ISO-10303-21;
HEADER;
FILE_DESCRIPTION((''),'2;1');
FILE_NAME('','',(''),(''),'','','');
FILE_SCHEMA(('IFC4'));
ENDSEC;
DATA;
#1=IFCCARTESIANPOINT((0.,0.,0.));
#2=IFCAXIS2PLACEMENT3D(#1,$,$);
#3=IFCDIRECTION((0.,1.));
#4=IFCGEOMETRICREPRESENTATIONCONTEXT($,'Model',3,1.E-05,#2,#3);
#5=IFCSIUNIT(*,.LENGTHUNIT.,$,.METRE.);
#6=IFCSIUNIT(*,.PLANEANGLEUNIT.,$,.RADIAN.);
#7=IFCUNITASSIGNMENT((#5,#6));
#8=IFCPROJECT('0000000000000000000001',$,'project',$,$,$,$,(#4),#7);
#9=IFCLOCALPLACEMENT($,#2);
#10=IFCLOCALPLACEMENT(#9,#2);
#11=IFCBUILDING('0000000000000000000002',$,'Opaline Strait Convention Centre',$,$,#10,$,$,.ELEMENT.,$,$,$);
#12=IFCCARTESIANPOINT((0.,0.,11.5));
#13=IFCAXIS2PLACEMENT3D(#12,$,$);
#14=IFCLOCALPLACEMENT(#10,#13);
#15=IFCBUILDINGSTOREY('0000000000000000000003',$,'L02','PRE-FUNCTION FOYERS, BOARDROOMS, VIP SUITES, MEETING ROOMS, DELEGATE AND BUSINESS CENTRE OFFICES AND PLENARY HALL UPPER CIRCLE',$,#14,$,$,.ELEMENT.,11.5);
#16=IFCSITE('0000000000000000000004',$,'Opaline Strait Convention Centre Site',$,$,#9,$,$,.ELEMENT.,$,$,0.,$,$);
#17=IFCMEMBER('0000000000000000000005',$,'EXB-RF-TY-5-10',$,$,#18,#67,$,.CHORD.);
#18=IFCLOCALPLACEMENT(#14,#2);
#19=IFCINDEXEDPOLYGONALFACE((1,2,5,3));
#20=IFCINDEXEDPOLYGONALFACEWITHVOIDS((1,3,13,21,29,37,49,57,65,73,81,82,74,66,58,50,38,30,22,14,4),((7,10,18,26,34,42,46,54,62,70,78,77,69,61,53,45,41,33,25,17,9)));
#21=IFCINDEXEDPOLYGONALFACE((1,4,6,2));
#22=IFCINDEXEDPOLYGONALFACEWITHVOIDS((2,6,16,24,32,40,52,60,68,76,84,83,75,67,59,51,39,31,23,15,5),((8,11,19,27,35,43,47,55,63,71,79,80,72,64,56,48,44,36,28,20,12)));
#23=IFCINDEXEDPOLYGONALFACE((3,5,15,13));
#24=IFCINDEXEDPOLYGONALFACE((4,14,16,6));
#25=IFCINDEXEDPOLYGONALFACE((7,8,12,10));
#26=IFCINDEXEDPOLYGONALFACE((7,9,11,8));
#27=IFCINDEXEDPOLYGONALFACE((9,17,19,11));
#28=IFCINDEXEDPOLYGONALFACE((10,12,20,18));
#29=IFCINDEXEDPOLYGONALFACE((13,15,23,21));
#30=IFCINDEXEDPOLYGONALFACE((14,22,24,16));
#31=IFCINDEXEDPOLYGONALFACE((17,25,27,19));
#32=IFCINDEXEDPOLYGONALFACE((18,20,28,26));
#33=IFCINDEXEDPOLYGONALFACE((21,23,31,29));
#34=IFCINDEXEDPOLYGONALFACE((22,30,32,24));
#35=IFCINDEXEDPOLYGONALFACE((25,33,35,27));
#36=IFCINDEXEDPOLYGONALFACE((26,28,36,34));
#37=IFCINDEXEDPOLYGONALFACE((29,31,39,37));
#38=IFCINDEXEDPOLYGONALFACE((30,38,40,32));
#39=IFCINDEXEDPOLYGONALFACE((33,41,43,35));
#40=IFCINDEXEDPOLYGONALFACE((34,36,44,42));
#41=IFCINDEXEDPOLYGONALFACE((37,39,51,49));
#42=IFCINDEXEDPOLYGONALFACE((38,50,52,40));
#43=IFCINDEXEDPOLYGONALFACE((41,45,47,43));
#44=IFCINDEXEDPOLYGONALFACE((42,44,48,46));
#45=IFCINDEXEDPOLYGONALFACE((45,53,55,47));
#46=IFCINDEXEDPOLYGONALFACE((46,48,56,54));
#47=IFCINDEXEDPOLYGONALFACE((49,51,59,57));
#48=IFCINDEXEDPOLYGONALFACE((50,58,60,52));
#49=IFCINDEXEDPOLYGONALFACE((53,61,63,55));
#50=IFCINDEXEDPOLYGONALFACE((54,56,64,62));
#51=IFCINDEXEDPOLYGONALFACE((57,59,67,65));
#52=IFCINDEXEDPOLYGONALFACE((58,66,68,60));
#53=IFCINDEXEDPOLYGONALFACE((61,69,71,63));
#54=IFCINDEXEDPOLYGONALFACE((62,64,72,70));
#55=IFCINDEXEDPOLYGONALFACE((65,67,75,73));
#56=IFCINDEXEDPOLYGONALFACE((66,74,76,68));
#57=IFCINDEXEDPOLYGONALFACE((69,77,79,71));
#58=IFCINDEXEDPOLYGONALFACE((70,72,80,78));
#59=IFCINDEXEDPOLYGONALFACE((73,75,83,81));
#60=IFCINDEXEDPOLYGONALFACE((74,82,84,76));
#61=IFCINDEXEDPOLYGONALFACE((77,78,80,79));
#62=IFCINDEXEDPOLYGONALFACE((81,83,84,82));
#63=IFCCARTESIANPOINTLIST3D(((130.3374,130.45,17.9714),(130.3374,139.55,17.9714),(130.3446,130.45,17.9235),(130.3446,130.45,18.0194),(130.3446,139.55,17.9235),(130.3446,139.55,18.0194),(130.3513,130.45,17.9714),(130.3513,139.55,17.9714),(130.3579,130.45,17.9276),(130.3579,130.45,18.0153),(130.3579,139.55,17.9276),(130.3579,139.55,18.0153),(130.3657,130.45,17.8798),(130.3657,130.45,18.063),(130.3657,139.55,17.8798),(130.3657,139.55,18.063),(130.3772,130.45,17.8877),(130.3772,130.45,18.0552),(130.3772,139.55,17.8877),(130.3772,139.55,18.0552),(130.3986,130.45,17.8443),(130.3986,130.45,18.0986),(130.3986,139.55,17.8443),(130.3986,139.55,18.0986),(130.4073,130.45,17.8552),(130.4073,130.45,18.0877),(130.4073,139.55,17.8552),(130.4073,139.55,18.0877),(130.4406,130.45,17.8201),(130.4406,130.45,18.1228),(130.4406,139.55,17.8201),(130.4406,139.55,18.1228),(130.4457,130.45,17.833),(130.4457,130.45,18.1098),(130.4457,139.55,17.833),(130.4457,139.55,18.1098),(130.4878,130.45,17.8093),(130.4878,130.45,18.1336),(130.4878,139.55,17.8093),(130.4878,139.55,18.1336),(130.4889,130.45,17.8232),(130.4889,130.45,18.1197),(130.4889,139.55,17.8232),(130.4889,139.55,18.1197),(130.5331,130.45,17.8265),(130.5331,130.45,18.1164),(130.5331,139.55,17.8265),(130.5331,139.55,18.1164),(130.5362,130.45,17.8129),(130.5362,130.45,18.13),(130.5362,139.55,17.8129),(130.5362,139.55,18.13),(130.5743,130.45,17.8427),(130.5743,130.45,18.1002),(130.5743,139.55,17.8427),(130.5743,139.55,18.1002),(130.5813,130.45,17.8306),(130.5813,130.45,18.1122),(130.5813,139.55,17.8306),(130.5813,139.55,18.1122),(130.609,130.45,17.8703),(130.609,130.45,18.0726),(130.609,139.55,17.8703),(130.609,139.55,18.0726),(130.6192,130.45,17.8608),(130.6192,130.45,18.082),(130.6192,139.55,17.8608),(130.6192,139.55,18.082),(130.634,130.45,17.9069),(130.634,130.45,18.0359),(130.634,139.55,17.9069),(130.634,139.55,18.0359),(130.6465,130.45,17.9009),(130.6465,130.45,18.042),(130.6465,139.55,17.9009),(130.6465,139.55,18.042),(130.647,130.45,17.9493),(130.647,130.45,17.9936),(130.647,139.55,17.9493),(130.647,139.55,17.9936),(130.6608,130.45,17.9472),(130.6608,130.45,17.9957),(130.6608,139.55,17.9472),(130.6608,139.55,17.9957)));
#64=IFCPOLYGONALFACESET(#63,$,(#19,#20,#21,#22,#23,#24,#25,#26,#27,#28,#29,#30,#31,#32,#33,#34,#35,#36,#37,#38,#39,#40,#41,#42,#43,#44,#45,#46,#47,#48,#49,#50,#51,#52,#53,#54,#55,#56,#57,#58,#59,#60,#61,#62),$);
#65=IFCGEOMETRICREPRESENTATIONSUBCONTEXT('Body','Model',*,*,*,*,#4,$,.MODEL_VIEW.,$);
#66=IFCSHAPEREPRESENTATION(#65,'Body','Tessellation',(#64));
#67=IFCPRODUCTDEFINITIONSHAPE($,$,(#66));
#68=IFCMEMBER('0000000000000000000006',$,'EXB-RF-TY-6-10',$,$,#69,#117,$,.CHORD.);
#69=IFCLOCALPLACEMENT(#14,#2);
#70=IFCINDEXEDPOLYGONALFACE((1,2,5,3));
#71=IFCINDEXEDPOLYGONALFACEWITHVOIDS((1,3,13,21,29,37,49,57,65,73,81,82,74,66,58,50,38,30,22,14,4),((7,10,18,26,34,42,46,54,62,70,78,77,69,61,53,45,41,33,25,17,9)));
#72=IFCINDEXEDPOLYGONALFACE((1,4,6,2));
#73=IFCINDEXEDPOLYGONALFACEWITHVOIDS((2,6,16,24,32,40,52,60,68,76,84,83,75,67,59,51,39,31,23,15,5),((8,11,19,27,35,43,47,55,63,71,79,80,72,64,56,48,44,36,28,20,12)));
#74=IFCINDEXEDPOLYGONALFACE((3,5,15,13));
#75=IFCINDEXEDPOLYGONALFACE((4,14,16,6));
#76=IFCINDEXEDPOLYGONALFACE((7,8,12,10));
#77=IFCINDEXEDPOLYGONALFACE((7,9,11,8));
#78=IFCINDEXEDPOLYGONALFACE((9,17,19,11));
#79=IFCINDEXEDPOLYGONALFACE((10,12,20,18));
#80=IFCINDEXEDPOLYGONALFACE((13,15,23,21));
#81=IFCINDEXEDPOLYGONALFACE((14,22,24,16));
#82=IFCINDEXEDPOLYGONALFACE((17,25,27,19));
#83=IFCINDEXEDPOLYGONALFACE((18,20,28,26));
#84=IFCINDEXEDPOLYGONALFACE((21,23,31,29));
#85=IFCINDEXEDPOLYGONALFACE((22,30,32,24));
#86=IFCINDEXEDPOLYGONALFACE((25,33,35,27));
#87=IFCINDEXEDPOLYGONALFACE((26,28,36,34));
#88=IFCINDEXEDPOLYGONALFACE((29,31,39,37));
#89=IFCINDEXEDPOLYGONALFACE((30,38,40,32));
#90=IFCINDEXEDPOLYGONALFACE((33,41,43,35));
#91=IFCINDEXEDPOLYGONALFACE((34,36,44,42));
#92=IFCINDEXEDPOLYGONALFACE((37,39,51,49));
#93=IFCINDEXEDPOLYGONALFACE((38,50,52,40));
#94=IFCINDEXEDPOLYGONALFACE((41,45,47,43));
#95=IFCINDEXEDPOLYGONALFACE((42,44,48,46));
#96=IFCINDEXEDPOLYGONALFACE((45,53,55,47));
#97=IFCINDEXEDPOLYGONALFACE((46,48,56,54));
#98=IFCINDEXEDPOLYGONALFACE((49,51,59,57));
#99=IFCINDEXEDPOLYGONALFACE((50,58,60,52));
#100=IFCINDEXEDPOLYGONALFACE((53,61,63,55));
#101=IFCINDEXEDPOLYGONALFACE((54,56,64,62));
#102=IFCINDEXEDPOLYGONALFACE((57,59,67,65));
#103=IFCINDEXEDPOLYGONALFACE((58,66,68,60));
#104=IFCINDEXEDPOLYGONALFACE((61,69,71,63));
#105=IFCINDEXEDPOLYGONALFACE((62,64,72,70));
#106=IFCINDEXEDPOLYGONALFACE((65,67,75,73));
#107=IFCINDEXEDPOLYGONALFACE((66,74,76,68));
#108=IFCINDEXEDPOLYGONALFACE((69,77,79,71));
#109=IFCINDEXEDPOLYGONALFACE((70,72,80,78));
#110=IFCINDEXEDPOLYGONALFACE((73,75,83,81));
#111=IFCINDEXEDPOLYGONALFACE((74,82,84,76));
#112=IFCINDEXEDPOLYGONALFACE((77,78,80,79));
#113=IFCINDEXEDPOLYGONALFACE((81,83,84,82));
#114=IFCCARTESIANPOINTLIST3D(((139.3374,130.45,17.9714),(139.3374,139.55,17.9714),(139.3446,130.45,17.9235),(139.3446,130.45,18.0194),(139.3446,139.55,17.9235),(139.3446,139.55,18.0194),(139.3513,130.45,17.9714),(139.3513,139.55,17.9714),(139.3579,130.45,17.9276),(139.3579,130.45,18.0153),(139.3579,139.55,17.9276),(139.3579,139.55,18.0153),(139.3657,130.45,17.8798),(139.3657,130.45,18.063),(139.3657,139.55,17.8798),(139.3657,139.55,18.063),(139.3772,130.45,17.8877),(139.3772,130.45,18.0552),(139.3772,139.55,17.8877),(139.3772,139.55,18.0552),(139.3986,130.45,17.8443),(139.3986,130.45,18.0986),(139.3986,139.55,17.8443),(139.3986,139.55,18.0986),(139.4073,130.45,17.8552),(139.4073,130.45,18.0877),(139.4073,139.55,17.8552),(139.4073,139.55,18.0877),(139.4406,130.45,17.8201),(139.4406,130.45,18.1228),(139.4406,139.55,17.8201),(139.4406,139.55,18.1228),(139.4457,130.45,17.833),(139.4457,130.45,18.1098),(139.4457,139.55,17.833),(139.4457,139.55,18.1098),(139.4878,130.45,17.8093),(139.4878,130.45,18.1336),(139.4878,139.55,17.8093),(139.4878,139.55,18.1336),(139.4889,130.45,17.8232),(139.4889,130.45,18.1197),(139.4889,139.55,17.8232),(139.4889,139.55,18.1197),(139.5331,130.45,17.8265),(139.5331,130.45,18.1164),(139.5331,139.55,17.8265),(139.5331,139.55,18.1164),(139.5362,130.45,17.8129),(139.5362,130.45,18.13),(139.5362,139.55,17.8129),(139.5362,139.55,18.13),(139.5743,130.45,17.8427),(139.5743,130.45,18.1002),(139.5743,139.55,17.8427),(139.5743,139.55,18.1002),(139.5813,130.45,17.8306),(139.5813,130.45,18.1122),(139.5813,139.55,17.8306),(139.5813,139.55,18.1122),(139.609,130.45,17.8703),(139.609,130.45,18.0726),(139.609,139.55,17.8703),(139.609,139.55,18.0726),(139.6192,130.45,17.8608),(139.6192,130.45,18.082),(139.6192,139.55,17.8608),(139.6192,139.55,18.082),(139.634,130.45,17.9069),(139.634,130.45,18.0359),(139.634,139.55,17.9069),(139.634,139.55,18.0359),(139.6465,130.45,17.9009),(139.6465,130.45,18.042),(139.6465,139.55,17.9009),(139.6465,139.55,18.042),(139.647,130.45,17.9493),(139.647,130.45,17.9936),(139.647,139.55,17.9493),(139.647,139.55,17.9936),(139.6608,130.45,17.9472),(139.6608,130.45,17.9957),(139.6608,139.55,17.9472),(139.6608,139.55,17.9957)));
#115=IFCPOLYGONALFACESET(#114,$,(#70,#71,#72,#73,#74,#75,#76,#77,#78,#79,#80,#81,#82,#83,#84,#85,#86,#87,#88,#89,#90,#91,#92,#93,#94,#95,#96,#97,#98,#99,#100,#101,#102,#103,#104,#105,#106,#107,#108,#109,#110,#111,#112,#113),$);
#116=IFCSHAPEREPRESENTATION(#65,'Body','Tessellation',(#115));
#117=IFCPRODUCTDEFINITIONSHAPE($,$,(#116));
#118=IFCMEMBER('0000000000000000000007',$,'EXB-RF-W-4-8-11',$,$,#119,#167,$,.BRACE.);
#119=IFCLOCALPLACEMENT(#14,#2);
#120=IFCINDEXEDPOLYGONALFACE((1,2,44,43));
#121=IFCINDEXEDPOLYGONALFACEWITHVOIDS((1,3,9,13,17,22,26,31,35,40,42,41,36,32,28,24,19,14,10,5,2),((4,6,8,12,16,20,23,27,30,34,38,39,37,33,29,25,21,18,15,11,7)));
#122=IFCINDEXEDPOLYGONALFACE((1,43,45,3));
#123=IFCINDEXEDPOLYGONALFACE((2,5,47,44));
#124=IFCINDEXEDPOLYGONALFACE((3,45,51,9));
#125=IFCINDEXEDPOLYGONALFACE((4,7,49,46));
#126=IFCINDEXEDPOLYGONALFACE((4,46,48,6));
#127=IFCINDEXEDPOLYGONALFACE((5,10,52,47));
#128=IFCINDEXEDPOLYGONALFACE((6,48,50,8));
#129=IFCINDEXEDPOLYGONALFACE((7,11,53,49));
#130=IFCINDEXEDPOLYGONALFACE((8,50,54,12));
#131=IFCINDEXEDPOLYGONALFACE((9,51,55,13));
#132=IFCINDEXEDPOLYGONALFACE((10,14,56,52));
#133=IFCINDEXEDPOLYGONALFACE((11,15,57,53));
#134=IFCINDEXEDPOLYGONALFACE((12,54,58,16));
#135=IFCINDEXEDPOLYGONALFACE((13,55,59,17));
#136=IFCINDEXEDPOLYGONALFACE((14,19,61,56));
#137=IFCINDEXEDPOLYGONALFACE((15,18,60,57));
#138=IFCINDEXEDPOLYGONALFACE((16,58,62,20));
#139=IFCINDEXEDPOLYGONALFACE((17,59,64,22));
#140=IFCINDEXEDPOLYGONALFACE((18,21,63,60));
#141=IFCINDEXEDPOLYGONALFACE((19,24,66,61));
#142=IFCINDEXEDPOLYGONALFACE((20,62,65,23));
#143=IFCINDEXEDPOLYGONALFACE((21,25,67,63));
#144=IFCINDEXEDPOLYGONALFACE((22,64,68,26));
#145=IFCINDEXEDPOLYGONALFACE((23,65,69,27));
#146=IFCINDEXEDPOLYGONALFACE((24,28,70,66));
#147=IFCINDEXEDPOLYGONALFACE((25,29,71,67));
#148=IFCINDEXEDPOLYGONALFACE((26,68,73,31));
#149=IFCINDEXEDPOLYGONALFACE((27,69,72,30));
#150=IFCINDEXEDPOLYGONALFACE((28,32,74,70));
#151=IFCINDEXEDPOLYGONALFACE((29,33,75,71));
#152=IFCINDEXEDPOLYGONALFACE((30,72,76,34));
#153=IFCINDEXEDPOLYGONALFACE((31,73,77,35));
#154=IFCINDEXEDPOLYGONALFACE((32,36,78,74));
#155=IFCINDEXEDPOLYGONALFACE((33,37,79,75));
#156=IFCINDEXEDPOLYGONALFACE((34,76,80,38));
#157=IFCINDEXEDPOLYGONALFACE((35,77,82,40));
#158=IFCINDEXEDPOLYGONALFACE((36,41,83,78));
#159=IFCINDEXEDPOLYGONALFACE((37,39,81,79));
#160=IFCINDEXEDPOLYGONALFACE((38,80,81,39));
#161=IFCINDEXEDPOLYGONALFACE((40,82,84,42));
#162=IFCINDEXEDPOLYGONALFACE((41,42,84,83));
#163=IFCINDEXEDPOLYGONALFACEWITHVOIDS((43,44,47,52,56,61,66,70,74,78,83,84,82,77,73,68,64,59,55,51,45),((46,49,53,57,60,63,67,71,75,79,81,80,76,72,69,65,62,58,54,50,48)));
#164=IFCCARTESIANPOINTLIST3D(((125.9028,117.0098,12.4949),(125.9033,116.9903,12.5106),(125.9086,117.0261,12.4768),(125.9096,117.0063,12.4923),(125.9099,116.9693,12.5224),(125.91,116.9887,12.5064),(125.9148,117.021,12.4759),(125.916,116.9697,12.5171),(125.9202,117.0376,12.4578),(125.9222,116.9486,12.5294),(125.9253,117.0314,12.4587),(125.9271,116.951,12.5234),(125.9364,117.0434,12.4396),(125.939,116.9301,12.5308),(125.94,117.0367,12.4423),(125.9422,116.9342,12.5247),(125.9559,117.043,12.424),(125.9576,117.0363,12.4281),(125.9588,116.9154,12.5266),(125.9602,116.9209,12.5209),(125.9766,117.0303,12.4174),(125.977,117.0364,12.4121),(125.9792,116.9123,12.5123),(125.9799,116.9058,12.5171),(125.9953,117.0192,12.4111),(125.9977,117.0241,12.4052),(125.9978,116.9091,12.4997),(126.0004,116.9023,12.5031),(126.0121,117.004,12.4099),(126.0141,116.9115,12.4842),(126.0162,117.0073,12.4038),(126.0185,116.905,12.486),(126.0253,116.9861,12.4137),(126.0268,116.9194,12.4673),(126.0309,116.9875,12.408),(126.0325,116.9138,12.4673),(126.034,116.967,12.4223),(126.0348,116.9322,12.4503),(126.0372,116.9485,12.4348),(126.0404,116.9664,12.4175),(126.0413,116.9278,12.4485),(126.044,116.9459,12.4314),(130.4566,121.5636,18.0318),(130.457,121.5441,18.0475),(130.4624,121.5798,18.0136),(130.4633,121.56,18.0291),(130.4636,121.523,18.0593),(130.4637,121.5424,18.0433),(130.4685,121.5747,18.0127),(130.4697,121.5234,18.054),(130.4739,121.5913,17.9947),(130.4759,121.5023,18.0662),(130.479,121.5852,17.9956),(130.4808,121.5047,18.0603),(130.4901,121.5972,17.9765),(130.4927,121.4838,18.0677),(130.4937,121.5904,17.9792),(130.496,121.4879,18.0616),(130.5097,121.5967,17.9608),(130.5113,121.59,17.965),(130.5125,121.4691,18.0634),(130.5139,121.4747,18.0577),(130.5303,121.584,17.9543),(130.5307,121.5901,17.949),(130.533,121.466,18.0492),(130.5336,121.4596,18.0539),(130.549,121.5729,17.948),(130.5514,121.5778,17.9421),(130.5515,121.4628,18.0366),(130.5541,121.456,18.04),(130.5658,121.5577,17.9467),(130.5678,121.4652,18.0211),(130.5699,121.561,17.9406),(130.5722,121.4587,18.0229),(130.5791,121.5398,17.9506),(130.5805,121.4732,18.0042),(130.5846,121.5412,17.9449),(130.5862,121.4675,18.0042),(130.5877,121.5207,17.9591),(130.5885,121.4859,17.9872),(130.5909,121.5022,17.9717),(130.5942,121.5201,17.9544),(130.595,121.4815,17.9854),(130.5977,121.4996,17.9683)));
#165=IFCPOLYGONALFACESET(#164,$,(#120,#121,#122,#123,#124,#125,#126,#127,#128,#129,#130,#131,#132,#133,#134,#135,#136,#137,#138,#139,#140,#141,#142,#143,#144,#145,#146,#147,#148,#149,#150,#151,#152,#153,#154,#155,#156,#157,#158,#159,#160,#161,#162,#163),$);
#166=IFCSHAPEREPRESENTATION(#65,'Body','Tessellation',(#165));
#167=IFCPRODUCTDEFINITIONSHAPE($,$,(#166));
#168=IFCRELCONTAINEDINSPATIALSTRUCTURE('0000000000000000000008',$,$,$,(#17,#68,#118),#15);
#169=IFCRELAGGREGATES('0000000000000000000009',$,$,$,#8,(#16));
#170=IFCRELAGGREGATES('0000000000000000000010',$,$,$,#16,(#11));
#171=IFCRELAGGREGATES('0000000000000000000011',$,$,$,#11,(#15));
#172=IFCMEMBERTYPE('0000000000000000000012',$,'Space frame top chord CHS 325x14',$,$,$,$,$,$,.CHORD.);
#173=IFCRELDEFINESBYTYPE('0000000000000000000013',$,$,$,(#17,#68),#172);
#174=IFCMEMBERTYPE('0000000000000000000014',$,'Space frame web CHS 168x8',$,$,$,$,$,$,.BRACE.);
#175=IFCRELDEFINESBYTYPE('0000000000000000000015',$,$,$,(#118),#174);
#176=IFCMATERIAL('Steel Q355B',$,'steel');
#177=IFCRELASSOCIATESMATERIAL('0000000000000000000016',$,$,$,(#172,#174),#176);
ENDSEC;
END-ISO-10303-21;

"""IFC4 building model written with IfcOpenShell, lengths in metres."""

from ifc_helpers import new_model, si_unit, direction, frame, origin, origin_2d, place, context, subcontext, project, spatial, hollow_circle, extrude, material, material_profile, profile_set, type_object, element, save


model = new_model("IFC4")

# Units and contexts
model_context = context("Model", 3, precision=1e-05, world=origin(), true_north=direction((0.0, 1.0)))
body_context = subcontext(model_context, "Body", "Model", "MODEL_VIEW")
ifc_project = project(units=[si_unit("LENGTHUNIT", "METRE"), si_unit("PLANEANGLEUNIT", "RADIAN")], contexts=[model_context])

# Site, building, storey
site_placement = place(None, origin())
site = spatial("IfcSite", under=ifc_project, at=site_placement, Name="Opaline Strait Convention Centre Site", CompositionType="ELEMENT", RefElevation=0.0)
building_placement = place(site_placement, origin())
building = spatial("IfcBuilding", under=site, at=building_placement, Name="Opaline Strait Convention Centre", CompositionType="ELEMENT")
storey_placement = place(building_placement, frame((0.0, 0.0, 11.5)))
storey = spatial("IfcBuildingStorey", under=building, at=storey_placement, Name="L02", Description="PRE-FUNCTION FOYERS, BOARDROOMS, VIP SUITES, MEETING ROOMS, DELEGATE AND BUSINESS CENTRE OFFICES AND PLENARY HALL UPPER CIRCLE", CompositionType="ELEMENT", Elevation=11.5)

# Members
ifc_material = material(Name="Steel Q355B", Category="steel")
ifc_material_profile_1 = material_profile(ifc_material, hollow_circle(Radius=0.1626, WallThickness=0.0139, at=origin_2d()), Name="CHS 325x14")
ifc_profile_set_1 = profile_set([ifc_material_profile_1], Name="Steel Q355B")
member_type_1 = type_object("IfcMemberType", Name="Space frame top chord CHS 325x14", PredefinedType="CHORD", material=ifc_profile_set_1)
for number, where, z_axis, x_axis, name in (
    (1, (130.5, 130.45, 17.9714), (0.0, 1.0, 0.0), (-1.0, 0.0, 0.0), "EXB-RF-TY-5-10"),
    (2, (139.5, 130.45, 17.9714), (0.0, 1.0, 0.0), (-1.0, 0.0, 0.0), "EXB-RF-TY-6-10"),
):
    element("IfcMember", number, at=place(storey_placement, frame(where, z_axis=z_axis, x_axis=x_axis)), inside=storey, type_object=member_type_1, Name=name, PredefinedType="CHORD", context=body_context, shape_type="SweptSolid", body=[
        extrude(hollow_circle(Radius=0.1626, WallThickness=0.0139, at=origin_2d()), origin(), (0.0, 0.0, 1.0), 9.1001),
    ])
ifc_material_profile_2 = material_profile(ifc_material, hollow_circle(Radius=0.084, WallThickness=0.0081, at=origin_2d()), Name="CHS 168x8")
ifc_profile_set_2 = profile_set([ifc_material_profile_2], Name="Steel Q355B")
member_type_2 = type_object("IfcMemberType", Name="Space frame web CHS 168x8", PredefinedType="BRACE", material=ifc_profile_set_2)
for number, where, z_axis, x_axis, name in (
    (3, (130.5269, 121.5269, 18.0042), (-0.536178, -0.536178, -0.65194), (0.707107, -0.707107, 0.0), "EXB-RF-W-4-8-11"),
):
    element("IfcMember", number, at=place(storey_placement, frame(where, z_axis=z_axis, x_axis=x_axis)), inside=storey, type_object=member_type_2, Name=name, PredefinedType="BRACE", context=body_context, shape_type="SweptSolid", body=[
        extrude(hollow_circle(Radius=0.084, WallThickness=0.0081, at=origin_2d()), origin(), (0.0, 0.0, 1.0), 8.4929),
    ])

save(model, "model.ifc")
